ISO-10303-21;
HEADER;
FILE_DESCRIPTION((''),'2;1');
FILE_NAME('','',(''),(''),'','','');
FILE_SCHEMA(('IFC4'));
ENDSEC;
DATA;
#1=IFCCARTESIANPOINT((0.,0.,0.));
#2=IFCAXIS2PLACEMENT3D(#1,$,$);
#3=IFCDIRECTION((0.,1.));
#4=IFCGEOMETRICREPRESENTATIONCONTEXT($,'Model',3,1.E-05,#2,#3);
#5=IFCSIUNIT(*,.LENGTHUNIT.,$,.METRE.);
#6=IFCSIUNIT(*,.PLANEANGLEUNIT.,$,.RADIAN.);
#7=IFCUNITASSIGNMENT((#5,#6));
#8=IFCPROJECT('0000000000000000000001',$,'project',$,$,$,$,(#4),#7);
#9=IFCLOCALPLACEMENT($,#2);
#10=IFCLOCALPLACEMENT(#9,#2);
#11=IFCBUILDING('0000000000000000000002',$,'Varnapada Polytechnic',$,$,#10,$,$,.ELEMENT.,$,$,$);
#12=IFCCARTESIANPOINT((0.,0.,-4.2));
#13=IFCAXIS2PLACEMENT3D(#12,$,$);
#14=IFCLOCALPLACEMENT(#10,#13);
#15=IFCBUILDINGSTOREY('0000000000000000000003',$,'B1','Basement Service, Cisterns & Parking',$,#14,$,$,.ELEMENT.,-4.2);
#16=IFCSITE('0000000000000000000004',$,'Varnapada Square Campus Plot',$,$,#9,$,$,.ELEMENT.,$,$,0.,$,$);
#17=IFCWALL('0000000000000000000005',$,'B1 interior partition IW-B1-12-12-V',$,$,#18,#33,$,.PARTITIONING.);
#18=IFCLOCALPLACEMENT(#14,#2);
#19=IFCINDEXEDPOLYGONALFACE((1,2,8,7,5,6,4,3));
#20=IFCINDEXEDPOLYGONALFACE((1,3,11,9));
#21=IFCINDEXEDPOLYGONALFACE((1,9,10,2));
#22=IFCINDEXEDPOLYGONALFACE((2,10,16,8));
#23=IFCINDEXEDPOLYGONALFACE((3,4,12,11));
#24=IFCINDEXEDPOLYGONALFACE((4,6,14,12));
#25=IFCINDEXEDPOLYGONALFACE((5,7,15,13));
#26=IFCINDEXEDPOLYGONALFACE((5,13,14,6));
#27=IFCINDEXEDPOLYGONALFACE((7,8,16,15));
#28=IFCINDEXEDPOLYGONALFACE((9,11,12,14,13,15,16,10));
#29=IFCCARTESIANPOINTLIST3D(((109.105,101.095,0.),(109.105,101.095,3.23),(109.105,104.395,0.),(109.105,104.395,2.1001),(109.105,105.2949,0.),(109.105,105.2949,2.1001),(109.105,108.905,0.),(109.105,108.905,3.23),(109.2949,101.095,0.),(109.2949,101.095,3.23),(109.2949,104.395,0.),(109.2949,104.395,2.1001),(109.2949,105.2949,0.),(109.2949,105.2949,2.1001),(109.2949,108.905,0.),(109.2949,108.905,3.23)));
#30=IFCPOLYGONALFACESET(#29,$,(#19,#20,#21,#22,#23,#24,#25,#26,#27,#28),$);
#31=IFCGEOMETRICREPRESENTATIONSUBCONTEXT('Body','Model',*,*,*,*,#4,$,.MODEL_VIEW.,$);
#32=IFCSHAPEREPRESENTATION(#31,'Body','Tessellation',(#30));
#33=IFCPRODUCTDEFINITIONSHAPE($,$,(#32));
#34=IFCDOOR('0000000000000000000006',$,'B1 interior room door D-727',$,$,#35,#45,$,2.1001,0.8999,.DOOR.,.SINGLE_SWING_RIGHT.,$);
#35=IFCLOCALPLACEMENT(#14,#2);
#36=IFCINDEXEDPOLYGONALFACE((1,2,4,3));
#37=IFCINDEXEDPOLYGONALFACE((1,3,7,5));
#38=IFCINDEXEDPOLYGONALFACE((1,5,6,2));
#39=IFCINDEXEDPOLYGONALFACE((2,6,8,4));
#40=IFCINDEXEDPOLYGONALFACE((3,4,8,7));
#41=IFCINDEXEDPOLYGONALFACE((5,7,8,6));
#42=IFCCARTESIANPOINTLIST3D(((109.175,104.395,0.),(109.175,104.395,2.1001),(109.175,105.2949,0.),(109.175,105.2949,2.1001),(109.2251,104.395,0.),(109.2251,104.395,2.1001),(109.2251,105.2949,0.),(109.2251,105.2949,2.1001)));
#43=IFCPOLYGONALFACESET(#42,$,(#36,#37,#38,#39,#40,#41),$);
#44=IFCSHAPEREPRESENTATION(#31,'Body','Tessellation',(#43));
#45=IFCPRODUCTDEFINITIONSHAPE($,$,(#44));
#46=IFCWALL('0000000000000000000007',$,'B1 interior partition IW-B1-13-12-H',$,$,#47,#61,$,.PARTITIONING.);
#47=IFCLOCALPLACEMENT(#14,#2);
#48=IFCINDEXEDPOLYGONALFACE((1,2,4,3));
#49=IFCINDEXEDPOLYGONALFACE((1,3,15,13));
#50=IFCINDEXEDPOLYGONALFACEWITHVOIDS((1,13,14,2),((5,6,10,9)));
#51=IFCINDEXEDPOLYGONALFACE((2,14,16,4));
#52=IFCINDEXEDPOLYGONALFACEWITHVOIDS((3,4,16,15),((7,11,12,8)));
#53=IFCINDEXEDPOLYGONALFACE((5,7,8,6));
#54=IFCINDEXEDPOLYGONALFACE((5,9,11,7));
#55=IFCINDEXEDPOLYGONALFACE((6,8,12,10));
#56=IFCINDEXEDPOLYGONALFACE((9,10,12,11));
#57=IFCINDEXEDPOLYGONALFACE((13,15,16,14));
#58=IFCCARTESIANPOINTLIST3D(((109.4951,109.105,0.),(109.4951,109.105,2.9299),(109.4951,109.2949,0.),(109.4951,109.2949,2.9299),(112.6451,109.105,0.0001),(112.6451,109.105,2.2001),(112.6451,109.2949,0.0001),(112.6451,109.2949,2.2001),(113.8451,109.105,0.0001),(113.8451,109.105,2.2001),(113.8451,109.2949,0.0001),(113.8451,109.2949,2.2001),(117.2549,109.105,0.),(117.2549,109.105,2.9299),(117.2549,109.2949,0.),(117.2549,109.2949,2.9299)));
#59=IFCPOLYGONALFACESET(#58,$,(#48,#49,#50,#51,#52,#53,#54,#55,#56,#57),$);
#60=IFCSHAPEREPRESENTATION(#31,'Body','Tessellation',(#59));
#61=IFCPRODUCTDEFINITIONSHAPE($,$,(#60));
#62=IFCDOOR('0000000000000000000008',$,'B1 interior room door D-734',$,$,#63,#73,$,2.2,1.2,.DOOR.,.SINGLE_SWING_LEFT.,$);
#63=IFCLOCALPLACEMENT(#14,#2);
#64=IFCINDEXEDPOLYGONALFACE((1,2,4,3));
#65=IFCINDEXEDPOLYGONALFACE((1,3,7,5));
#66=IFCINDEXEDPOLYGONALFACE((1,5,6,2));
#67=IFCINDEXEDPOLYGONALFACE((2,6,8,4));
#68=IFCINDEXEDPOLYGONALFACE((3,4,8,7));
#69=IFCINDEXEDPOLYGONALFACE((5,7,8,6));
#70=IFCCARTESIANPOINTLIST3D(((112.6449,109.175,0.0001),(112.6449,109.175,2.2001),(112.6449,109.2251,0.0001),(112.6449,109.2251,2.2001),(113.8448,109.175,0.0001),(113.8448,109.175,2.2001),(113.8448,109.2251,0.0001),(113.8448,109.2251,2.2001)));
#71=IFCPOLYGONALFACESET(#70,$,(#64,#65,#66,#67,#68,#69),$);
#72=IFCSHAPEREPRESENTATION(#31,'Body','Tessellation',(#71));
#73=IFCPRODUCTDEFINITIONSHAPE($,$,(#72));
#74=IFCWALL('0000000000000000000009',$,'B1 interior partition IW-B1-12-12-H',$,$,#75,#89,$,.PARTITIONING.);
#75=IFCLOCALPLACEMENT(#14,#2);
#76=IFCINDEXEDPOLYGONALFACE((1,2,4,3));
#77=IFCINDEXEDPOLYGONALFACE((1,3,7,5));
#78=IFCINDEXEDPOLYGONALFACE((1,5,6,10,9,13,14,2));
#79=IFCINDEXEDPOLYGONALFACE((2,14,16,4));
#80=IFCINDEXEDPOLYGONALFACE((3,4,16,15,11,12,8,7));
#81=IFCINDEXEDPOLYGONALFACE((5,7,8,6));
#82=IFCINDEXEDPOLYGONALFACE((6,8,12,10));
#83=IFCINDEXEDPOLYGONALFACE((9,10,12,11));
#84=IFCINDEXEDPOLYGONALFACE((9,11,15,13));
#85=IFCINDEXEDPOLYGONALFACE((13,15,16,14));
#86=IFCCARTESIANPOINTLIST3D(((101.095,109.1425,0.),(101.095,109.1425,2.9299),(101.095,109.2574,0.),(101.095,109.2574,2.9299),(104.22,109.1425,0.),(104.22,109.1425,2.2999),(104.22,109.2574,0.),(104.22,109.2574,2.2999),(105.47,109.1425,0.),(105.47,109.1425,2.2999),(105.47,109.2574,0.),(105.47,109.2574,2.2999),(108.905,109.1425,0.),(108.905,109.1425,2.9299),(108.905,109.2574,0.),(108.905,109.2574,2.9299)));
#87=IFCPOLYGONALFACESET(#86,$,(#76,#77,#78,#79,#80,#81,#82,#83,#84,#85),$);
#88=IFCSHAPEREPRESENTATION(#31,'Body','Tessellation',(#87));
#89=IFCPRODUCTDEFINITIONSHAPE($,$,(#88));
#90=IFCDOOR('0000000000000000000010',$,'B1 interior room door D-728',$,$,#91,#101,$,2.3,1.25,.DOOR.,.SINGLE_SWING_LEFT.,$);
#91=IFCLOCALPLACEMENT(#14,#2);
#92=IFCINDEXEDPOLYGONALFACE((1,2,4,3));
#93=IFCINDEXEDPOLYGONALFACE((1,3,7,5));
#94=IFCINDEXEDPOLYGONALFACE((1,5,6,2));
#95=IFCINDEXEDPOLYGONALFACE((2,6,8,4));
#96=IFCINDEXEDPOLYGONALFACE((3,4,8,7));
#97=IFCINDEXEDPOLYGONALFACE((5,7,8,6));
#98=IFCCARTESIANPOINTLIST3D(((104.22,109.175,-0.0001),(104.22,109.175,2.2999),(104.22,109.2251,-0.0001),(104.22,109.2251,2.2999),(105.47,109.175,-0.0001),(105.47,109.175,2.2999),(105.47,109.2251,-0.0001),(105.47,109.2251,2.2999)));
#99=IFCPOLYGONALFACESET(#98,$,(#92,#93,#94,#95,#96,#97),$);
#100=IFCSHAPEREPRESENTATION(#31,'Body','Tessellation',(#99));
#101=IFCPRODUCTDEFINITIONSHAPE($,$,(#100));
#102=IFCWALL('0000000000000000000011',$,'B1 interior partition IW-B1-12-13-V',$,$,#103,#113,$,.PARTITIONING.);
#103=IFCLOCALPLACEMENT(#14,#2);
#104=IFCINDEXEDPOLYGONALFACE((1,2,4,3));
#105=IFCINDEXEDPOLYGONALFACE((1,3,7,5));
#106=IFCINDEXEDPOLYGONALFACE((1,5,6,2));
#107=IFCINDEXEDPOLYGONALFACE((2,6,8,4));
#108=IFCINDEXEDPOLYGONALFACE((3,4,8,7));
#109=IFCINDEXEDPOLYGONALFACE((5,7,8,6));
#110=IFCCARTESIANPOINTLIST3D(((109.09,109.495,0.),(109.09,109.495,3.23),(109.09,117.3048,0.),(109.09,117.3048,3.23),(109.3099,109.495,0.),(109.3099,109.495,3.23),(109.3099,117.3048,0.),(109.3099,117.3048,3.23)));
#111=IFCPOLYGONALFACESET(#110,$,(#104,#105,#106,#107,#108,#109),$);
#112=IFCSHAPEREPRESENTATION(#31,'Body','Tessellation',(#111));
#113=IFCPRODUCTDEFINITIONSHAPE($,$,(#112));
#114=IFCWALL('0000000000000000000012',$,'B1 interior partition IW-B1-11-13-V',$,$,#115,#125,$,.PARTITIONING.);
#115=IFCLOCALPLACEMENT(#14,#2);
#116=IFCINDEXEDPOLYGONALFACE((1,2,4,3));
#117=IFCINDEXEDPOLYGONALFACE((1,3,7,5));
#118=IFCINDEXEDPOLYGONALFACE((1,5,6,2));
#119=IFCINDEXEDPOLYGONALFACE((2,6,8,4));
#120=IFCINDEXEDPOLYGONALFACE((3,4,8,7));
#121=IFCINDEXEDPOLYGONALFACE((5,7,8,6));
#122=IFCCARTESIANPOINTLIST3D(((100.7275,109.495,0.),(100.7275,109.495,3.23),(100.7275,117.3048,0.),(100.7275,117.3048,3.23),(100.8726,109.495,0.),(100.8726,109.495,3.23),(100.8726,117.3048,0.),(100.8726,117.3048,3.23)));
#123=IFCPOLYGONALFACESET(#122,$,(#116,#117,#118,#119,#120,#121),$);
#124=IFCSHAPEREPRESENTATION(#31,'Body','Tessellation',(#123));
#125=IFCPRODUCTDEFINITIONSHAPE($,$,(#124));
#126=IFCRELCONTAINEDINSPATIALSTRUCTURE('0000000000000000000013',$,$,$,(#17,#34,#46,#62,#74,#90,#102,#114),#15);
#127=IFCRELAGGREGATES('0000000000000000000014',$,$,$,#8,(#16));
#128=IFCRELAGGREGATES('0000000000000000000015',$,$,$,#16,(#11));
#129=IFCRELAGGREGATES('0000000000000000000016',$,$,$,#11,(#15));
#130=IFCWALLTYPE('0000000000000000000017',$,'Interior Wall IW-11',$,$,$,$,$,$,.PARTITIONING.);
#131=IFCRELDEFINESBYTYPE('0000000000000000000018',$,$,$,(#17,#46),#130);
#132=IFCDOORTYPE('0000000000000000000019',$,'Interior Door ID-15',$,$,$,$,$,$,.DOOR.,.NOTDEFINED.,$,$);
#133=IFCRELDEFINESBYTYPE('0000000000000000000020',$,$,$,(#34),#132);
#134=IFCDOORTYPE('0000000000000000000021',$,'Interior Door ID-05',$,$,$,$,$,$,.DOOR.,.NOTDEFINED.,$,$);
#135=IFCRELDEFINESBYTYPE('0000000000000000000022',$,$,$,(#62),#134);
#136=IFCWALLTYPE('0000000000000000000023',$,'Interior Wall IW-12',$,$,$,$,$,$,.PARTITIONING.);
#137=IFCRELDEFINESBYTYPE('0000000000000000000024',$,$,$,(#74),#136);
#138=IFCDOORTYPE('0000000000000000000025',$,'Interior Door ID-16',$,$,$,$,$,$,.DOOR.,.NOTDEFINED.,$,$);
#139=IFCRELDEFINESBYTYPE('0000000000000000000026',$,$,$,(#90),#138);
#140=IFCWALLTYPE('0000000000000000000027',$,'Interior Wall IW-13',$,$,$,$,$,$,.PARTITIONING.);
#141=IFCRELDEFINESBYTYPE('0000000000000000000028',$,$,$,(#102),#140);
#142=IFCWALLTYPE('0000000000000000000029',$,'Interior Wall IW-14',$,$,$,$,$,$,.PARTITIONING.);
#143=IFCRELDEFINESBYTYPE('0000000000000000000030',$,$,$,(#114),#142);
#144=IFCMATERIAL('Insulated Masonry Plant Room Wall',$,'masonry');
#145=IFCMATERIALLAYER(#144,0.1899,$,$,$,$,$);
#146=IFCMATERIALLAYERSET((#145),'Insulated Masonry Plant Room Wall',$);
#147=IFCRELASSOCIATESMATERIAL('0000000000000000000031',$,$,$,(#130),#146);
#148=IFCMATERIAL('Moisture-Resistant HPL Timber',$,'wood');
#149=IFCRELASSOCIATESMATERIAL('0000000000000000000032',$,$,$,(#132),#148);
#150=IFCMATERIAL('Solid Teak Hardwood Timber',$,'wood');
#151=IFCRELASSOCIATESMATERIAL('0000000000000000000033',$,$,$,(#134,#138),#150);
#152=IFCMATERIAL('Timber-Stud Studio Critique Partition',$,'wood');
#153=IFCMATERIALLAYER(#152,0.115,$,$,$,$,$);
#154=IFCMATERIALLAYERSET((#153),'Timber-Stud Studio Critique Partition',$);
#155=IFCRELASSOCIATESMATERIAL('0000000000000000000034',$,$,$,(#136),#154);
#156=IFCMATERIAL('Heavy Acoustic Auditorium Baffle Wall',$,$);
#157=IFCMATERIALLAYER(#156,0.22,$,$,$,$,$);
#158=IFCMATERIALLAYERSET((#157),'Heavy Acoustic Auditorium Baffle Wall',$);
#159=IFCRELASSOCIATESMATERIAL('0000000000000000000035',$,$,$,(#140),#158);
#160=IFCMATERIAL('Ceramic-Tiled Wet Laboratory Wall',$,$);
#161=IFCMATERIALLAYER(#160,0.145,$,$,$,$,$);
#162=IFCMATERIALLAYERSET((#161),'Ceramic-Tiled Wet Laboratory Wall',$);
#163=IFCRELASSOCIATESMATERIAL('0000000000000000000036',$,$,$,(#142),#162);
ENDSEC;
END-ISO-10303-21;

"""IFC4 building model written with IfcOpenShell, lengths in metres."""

from ifc_helpers import new_model, si_unit, direction, frame, frame_2d, origin, place, context, subcontext, project, spatial, rectangle, extrude, material, layer, layer_set, type_object, element, fill, save


model = new_model("IFC4")

# Units and contexts
model_context = context("Model", 3, precision=1e-05, world=origin(), true_north=direction((0.0, 1.0)))
body_context = subcontext(model_context, "Body", "Model", "MODEL_VIEW")
ifc_project = project(units=[si_unit("LENGTHUNIT", "METRE"), si_unit("PLANEANGLEUNIT", "RADIAN")], contexts=[model_context])

# Site, building, storey
site_placement = place(None, origin())
site = spatial("IfcSite", under=ifc_project, at=site_placement, Name="Varnapada Square Campus Plot", CompositionType="ELEMENT", RefElevation=0.0)
building_placement = place(site_placement, origin())
building = spatial("IfcBuilding", under=site, at=building_placement, Name="Varnapada Polytechnic", CompositionType="ELEMENT")
storey_placement = place(building_placement, frame((0.0, 0.0, -4.2)))
storey = spatial("IfcBuildingStorey", under=building, at=storey_placement, Name="B1", Description="Basement Service, Cisterns & Parking", CompositionType="ELEMENT", Elevation=-4.2)

# Walls, openings, doors
ifc_material_1 = material(Name="Insulated Masonry Plant Room Wall", Category="masonry")
ifc_layer_1 = layer(ifc_material_1, 0.1899)
ifc_layer_set_1 = layer_set([ifc_layer_1], Name="Insulated Masonry Plant Room Wall")
wall_type_1 = type_object("IfcWallType", Name="Interior Wall IW-11", PredefinedType="PARTITIONING", material=ifc_layer_set_1)
wall_1_placement = place(storey_placement, frame((109.2, 101.095, 0.0), z_axis=(0.0, 0.0, 1.0), x_axis=(0.0, 1.0, 0.0)))
wall_1 = element("IfcWall", 1, at=wall_1_placement, inside=storey, type_object=wall_type_1, Name="B1 interior partition IW-B1-12-12-V", PredefinedType="PARTITIONING", context=body_context, shape_type="SweptSolid", body=[
    extrude(rectangle(XDim=7.8101, YDim=0.1899, at=frame_2d((3.905, 0.0))), origin(), (0.0, 0.0, 1.0), 3.23),
])
opening_1_placement = place(wall_1_placement, frame((3.3, 0.0, 0.0)))
opening_1 = element("IfcOpeningElement", 2, at=opening_1_placement, cuts=wall_1, PredefinedType="OPENING", context=body_context, shape_type="SweptSolid", body=[
    extrude(rectangle(XDim=0.8999, YDim=2.1001, at=frame_2d((0.45, 1.05))), frame((0.0, 0.105, 0.0), z_axis=(0.0, -1.0, 0.0), x_axis=(1.0, 0.0, 0.0)), (0.0, 0.0, 1.0), 0.21),
])
ifc_material_2 = material(Name="Moisture-Resistant HPL Timber", Category="wood")
door_type_1 = type_object("IfcDoorType", Name="Interior Door ID-15", OperationType="NOTDEFINED", PredefinedType="DOOR", material=ifc_material_2)
door_1_placement = place(opening_1_placement, origin())
door_1 = element("IfcDoor", 3, at=door_1_placement, inside=storey, type_object=door_type_1, Name="B1 interior room door D-727", OperationType="SINGLE_SWING_RIGHT", OverallHeight=2.1001, OverallWidth=0.8999, PredefinedType="DOOR", context=body_context, shape_type="SweptSolid", body=[
    extrude(rectangle(XDim=0.8999, YDim=2.1001, at=frame_2d((0.45, 1.05))), frame((0.0, 0.0249, 0.0), z_axis=(0.0, -1.0, 0.0), x_axis=(1.0, 0.0, 0.0)), (0.0, 0.0, 1.0), 0.05),
])
fill(opening_1, door_1)
wall_2_placement = place(storey_placement, frame((109.4951, 109.2, 0.0), z_axis=(0.0, 0.0, 1.0), x_axis=(1.0, 0.0, 0.0)))
wall_2 = element("IfcWall", 4, at=wall_2_placement, inside=storey, type_object=wall_type_1, Name="B1 interior partition IW-B1-13-12-H", PredefinedType="PARTITIONING", context=body_context, shape_type="SweptSolid", body=[
    extrude(rectangle(XDim=7.7598, YDim=0.1899, at=frame_2d((3.8799, 0.0))), origin(), (0.0, 0.0, 1.0), 2.9299),
])
opening_2_placement = place(wall_2_placement, frame((3.1499, 0.0, 0.0)))
opening_2 = element("IfcOpeningElement", 5, at=opening_2_placement, cuts=wall_2, PredefinedType="OPENING", context=body_context, shape_type="SweptSolid", body=[
    extrude(rectangle(XDim=1.2, YDim=2.2, at=frame_2d((0.6001, 1.1001))), frame((0.0, 0.105, 0.0), z_axis=(0.0, -1.0, 0.0), x_axis=(1.0, 0.0, 0.0)), (0.0, 0.0, 1.0), 0.21),
])
ifc_material_3 = material(Name="Solid Teak Hardwood Timber", Category="wood")
door_type_2 = type_object("IfcDoorType", Name="Interior Door ID-05", OperationType="NOTDEFINED", PredefinedType="DOOR", material=ifc_material_3)
door_2_placement = place(opening_2_placement, frame((1.2, 0.0, 0.0), z_axis=(0.0, 0.0, 1.0), x_axis=(-1.0, 0.0, 0.0)))
door_2 = element("IfcDoor", 6, at=door_2_placement, inside=storey, type_object=door_type_2, Name="B1 interior room door D-734", OperationType="SINGLE_SWING_LEFT", OverallHeight=2.2, OverallWidth=1.2, PredefinedType="DOOR", context=body_context, shape_type="SweptSolid", body=[
    extrude(rectangle(XDim=1.2, YDim=2.2, at=frame_2d((0.6001, 1.1001))), frame((0.0, 0.0249, 0.0), z_axis=(0.0, -1.0, 0.0), x_axis=(1.0, 0.0, 0.0)), (0.0, 0.0, 1.0), 0.05),
])
fill(opening_2, door_2)
ifc_material_4 = material(Name="Timber-Stud Studio Critique Partition", Category="wood")
ifc_layer_2 = layer(ifc_material_4, 0.115)
ifc_layer_set_2 = layer_set([ifc_layer_2], Name="Timber-Stud Studio Critique Partition")
wall_type_2 = type_object("IfcWallType", Name="Interior Wall IW-12", PredefinedType="PARTITIONING", material=ifc_layer_set_2)
wall_3_placement = place(storey_placement, frame((101.095, 109.2, 0.0), z_axis=(0.0, 0.0, 1.0), x_axis=(1.0, 0.0, 0.0)))
wall_3 = element("IfcWall", 7, at=wall_3_placement, inside=storey, type_object=wall_type_2, Name="B1 interior partition IW-B1-12-12-H", PredefinedType="PARTITIONING", context=body_context, shape_type="SweptSolid", body=[
    extrude(rectangle(XDim=7.8101, YDim=0.115, at=frame_2d((3.905, 0.0))), origin(), (0.0, 0.0, 1.0), 2.9299),
])
opening_3_placement = place(wall_3_placement, frame((3.125, 0.0, 0.0)))
opening_3 = element("IfcOpeningElement", 8, at=opening_3_placement, cuts=wall_3, PredefinedType="OPENING", context=body_context, shape_type="SweptSolid", body=[
    extrude(rectangle(XDim=1.25, YDim=2.3, at=frame_2d((0.625, 1.1499))), frame((0.0, 0.0674, 0.0), z_axis=(0.0, -1.0, 0.0), x_axis=(1.0, 0.0, 0.0)), (0.0, 0.0, 1.0), 0.135),
])
door_type_3 = type_object("IfcDoorType", Name="Interior Door ID-16", OperationType="NOTDEFINED", PredefinedType="DOOR", material=ifc_material_3)
door_3_placement = place(opening_3_placement, frame((1.25, 0.0, 0.0), z_axis=(0.0, 0.0, 1.0), x_axis=(-1.0, 0.0, 0.0)))
door_3 = element("IfcDoor", 9, at=door_3_placement, inside=storey, type_object=door_type_3, Name="B1 interior room door D-728", OperationType="SINGLE_SWING_LEFT", OverallHeight=2.3, OverallWidth=1.25, PredefinedType="DOOR", context=body_context, shape_type="SweptSolid", body=[
    extrude(rectangle(XDim=1.25, YDim=2.3, at=frame_2d((0.625, 1.1499))), frame((0.0, 0.0249, 0.0), z_axis=(0.0, -1.0, 0.0), x_axis=(1.0, 0.0, 0.0)), (0.0, 0.0, 1.0), 0.05),
])
fill(opening_3, door_3)

# Walls
ifc_material_5 = material(Name="Heavy Acoustic Auditorium Baffle Wall")
ifc_layer_3 = layer(ifc_material_5, 0.22)
ifc_layer_set_3 = layer_set([ifc_layer_3], Name="Heavy Acoustic Auditorium Baffle Wall")
wall_type_3 = type_object("IfcWallType", Name="Interior Wall IW-13", PredefinedType="PARTITIONING", material=ifc_layer_set_3)
wall_4_placement = place(storey_placement, frame((109.2, 109.4951, 0.0), z_axis=(0.0, 0.0, 1.0), x_axis=(0.0, 1.0, 0.0)))
element("IfcWall", 10, at=wall_4_placement, inside=storey, type_object=wall_type_3, Name="B1 interior partition IW-B1-12-13-V", PredefinedType="PARTITIONING", context=body_context, shape_type="SweptSolid", body=[
    extrude(rectangle(XDim=7.8098, YDim=0.22, at=frame_2d((3.9048, 0.0))), origin(), (0.0, 0.0, 1.0), 3.23),
])
ifc_material_6 = material(Name="Ceramic-Tiled Wet Laboratory Wall")
ifc_layer_4 = layer(ifc_material_6, 0.145)
ifc_layer_set_4 = layer_set([ifc_layer_4], Name="Ceramic-Tiled Wet Laboratory Wall")
wall_type_4 = type_object("IfcWallType", Name="Interior Wall IW-14", PredefinedType="PARTITIONING", material=ifc_layer_set_4)
wall_5_placement = place(storey_placement, frame((100.8, 109.4951, 0.0), z_axis=(0.0, 0.0, 1.0), x_axis=(0.0, 1.0, 0.0)))
element("IfcWall", 11, at=wall_5_placement, inside=storey, type_object=wall_type_4, Name="B1 interior partition IW-B1-11-13-V", PredefinedType="PARTITIONING", context=body_context, shape_type="SweptSolid", body=[
    extrude(rectangle(XDim=7.8098, YDim=0.145, at=frame_2d((3.9048, 0.0))), origin(), (0.0, 0.0, 1.0), 3.23),
])

save(model, "model.ifc")
